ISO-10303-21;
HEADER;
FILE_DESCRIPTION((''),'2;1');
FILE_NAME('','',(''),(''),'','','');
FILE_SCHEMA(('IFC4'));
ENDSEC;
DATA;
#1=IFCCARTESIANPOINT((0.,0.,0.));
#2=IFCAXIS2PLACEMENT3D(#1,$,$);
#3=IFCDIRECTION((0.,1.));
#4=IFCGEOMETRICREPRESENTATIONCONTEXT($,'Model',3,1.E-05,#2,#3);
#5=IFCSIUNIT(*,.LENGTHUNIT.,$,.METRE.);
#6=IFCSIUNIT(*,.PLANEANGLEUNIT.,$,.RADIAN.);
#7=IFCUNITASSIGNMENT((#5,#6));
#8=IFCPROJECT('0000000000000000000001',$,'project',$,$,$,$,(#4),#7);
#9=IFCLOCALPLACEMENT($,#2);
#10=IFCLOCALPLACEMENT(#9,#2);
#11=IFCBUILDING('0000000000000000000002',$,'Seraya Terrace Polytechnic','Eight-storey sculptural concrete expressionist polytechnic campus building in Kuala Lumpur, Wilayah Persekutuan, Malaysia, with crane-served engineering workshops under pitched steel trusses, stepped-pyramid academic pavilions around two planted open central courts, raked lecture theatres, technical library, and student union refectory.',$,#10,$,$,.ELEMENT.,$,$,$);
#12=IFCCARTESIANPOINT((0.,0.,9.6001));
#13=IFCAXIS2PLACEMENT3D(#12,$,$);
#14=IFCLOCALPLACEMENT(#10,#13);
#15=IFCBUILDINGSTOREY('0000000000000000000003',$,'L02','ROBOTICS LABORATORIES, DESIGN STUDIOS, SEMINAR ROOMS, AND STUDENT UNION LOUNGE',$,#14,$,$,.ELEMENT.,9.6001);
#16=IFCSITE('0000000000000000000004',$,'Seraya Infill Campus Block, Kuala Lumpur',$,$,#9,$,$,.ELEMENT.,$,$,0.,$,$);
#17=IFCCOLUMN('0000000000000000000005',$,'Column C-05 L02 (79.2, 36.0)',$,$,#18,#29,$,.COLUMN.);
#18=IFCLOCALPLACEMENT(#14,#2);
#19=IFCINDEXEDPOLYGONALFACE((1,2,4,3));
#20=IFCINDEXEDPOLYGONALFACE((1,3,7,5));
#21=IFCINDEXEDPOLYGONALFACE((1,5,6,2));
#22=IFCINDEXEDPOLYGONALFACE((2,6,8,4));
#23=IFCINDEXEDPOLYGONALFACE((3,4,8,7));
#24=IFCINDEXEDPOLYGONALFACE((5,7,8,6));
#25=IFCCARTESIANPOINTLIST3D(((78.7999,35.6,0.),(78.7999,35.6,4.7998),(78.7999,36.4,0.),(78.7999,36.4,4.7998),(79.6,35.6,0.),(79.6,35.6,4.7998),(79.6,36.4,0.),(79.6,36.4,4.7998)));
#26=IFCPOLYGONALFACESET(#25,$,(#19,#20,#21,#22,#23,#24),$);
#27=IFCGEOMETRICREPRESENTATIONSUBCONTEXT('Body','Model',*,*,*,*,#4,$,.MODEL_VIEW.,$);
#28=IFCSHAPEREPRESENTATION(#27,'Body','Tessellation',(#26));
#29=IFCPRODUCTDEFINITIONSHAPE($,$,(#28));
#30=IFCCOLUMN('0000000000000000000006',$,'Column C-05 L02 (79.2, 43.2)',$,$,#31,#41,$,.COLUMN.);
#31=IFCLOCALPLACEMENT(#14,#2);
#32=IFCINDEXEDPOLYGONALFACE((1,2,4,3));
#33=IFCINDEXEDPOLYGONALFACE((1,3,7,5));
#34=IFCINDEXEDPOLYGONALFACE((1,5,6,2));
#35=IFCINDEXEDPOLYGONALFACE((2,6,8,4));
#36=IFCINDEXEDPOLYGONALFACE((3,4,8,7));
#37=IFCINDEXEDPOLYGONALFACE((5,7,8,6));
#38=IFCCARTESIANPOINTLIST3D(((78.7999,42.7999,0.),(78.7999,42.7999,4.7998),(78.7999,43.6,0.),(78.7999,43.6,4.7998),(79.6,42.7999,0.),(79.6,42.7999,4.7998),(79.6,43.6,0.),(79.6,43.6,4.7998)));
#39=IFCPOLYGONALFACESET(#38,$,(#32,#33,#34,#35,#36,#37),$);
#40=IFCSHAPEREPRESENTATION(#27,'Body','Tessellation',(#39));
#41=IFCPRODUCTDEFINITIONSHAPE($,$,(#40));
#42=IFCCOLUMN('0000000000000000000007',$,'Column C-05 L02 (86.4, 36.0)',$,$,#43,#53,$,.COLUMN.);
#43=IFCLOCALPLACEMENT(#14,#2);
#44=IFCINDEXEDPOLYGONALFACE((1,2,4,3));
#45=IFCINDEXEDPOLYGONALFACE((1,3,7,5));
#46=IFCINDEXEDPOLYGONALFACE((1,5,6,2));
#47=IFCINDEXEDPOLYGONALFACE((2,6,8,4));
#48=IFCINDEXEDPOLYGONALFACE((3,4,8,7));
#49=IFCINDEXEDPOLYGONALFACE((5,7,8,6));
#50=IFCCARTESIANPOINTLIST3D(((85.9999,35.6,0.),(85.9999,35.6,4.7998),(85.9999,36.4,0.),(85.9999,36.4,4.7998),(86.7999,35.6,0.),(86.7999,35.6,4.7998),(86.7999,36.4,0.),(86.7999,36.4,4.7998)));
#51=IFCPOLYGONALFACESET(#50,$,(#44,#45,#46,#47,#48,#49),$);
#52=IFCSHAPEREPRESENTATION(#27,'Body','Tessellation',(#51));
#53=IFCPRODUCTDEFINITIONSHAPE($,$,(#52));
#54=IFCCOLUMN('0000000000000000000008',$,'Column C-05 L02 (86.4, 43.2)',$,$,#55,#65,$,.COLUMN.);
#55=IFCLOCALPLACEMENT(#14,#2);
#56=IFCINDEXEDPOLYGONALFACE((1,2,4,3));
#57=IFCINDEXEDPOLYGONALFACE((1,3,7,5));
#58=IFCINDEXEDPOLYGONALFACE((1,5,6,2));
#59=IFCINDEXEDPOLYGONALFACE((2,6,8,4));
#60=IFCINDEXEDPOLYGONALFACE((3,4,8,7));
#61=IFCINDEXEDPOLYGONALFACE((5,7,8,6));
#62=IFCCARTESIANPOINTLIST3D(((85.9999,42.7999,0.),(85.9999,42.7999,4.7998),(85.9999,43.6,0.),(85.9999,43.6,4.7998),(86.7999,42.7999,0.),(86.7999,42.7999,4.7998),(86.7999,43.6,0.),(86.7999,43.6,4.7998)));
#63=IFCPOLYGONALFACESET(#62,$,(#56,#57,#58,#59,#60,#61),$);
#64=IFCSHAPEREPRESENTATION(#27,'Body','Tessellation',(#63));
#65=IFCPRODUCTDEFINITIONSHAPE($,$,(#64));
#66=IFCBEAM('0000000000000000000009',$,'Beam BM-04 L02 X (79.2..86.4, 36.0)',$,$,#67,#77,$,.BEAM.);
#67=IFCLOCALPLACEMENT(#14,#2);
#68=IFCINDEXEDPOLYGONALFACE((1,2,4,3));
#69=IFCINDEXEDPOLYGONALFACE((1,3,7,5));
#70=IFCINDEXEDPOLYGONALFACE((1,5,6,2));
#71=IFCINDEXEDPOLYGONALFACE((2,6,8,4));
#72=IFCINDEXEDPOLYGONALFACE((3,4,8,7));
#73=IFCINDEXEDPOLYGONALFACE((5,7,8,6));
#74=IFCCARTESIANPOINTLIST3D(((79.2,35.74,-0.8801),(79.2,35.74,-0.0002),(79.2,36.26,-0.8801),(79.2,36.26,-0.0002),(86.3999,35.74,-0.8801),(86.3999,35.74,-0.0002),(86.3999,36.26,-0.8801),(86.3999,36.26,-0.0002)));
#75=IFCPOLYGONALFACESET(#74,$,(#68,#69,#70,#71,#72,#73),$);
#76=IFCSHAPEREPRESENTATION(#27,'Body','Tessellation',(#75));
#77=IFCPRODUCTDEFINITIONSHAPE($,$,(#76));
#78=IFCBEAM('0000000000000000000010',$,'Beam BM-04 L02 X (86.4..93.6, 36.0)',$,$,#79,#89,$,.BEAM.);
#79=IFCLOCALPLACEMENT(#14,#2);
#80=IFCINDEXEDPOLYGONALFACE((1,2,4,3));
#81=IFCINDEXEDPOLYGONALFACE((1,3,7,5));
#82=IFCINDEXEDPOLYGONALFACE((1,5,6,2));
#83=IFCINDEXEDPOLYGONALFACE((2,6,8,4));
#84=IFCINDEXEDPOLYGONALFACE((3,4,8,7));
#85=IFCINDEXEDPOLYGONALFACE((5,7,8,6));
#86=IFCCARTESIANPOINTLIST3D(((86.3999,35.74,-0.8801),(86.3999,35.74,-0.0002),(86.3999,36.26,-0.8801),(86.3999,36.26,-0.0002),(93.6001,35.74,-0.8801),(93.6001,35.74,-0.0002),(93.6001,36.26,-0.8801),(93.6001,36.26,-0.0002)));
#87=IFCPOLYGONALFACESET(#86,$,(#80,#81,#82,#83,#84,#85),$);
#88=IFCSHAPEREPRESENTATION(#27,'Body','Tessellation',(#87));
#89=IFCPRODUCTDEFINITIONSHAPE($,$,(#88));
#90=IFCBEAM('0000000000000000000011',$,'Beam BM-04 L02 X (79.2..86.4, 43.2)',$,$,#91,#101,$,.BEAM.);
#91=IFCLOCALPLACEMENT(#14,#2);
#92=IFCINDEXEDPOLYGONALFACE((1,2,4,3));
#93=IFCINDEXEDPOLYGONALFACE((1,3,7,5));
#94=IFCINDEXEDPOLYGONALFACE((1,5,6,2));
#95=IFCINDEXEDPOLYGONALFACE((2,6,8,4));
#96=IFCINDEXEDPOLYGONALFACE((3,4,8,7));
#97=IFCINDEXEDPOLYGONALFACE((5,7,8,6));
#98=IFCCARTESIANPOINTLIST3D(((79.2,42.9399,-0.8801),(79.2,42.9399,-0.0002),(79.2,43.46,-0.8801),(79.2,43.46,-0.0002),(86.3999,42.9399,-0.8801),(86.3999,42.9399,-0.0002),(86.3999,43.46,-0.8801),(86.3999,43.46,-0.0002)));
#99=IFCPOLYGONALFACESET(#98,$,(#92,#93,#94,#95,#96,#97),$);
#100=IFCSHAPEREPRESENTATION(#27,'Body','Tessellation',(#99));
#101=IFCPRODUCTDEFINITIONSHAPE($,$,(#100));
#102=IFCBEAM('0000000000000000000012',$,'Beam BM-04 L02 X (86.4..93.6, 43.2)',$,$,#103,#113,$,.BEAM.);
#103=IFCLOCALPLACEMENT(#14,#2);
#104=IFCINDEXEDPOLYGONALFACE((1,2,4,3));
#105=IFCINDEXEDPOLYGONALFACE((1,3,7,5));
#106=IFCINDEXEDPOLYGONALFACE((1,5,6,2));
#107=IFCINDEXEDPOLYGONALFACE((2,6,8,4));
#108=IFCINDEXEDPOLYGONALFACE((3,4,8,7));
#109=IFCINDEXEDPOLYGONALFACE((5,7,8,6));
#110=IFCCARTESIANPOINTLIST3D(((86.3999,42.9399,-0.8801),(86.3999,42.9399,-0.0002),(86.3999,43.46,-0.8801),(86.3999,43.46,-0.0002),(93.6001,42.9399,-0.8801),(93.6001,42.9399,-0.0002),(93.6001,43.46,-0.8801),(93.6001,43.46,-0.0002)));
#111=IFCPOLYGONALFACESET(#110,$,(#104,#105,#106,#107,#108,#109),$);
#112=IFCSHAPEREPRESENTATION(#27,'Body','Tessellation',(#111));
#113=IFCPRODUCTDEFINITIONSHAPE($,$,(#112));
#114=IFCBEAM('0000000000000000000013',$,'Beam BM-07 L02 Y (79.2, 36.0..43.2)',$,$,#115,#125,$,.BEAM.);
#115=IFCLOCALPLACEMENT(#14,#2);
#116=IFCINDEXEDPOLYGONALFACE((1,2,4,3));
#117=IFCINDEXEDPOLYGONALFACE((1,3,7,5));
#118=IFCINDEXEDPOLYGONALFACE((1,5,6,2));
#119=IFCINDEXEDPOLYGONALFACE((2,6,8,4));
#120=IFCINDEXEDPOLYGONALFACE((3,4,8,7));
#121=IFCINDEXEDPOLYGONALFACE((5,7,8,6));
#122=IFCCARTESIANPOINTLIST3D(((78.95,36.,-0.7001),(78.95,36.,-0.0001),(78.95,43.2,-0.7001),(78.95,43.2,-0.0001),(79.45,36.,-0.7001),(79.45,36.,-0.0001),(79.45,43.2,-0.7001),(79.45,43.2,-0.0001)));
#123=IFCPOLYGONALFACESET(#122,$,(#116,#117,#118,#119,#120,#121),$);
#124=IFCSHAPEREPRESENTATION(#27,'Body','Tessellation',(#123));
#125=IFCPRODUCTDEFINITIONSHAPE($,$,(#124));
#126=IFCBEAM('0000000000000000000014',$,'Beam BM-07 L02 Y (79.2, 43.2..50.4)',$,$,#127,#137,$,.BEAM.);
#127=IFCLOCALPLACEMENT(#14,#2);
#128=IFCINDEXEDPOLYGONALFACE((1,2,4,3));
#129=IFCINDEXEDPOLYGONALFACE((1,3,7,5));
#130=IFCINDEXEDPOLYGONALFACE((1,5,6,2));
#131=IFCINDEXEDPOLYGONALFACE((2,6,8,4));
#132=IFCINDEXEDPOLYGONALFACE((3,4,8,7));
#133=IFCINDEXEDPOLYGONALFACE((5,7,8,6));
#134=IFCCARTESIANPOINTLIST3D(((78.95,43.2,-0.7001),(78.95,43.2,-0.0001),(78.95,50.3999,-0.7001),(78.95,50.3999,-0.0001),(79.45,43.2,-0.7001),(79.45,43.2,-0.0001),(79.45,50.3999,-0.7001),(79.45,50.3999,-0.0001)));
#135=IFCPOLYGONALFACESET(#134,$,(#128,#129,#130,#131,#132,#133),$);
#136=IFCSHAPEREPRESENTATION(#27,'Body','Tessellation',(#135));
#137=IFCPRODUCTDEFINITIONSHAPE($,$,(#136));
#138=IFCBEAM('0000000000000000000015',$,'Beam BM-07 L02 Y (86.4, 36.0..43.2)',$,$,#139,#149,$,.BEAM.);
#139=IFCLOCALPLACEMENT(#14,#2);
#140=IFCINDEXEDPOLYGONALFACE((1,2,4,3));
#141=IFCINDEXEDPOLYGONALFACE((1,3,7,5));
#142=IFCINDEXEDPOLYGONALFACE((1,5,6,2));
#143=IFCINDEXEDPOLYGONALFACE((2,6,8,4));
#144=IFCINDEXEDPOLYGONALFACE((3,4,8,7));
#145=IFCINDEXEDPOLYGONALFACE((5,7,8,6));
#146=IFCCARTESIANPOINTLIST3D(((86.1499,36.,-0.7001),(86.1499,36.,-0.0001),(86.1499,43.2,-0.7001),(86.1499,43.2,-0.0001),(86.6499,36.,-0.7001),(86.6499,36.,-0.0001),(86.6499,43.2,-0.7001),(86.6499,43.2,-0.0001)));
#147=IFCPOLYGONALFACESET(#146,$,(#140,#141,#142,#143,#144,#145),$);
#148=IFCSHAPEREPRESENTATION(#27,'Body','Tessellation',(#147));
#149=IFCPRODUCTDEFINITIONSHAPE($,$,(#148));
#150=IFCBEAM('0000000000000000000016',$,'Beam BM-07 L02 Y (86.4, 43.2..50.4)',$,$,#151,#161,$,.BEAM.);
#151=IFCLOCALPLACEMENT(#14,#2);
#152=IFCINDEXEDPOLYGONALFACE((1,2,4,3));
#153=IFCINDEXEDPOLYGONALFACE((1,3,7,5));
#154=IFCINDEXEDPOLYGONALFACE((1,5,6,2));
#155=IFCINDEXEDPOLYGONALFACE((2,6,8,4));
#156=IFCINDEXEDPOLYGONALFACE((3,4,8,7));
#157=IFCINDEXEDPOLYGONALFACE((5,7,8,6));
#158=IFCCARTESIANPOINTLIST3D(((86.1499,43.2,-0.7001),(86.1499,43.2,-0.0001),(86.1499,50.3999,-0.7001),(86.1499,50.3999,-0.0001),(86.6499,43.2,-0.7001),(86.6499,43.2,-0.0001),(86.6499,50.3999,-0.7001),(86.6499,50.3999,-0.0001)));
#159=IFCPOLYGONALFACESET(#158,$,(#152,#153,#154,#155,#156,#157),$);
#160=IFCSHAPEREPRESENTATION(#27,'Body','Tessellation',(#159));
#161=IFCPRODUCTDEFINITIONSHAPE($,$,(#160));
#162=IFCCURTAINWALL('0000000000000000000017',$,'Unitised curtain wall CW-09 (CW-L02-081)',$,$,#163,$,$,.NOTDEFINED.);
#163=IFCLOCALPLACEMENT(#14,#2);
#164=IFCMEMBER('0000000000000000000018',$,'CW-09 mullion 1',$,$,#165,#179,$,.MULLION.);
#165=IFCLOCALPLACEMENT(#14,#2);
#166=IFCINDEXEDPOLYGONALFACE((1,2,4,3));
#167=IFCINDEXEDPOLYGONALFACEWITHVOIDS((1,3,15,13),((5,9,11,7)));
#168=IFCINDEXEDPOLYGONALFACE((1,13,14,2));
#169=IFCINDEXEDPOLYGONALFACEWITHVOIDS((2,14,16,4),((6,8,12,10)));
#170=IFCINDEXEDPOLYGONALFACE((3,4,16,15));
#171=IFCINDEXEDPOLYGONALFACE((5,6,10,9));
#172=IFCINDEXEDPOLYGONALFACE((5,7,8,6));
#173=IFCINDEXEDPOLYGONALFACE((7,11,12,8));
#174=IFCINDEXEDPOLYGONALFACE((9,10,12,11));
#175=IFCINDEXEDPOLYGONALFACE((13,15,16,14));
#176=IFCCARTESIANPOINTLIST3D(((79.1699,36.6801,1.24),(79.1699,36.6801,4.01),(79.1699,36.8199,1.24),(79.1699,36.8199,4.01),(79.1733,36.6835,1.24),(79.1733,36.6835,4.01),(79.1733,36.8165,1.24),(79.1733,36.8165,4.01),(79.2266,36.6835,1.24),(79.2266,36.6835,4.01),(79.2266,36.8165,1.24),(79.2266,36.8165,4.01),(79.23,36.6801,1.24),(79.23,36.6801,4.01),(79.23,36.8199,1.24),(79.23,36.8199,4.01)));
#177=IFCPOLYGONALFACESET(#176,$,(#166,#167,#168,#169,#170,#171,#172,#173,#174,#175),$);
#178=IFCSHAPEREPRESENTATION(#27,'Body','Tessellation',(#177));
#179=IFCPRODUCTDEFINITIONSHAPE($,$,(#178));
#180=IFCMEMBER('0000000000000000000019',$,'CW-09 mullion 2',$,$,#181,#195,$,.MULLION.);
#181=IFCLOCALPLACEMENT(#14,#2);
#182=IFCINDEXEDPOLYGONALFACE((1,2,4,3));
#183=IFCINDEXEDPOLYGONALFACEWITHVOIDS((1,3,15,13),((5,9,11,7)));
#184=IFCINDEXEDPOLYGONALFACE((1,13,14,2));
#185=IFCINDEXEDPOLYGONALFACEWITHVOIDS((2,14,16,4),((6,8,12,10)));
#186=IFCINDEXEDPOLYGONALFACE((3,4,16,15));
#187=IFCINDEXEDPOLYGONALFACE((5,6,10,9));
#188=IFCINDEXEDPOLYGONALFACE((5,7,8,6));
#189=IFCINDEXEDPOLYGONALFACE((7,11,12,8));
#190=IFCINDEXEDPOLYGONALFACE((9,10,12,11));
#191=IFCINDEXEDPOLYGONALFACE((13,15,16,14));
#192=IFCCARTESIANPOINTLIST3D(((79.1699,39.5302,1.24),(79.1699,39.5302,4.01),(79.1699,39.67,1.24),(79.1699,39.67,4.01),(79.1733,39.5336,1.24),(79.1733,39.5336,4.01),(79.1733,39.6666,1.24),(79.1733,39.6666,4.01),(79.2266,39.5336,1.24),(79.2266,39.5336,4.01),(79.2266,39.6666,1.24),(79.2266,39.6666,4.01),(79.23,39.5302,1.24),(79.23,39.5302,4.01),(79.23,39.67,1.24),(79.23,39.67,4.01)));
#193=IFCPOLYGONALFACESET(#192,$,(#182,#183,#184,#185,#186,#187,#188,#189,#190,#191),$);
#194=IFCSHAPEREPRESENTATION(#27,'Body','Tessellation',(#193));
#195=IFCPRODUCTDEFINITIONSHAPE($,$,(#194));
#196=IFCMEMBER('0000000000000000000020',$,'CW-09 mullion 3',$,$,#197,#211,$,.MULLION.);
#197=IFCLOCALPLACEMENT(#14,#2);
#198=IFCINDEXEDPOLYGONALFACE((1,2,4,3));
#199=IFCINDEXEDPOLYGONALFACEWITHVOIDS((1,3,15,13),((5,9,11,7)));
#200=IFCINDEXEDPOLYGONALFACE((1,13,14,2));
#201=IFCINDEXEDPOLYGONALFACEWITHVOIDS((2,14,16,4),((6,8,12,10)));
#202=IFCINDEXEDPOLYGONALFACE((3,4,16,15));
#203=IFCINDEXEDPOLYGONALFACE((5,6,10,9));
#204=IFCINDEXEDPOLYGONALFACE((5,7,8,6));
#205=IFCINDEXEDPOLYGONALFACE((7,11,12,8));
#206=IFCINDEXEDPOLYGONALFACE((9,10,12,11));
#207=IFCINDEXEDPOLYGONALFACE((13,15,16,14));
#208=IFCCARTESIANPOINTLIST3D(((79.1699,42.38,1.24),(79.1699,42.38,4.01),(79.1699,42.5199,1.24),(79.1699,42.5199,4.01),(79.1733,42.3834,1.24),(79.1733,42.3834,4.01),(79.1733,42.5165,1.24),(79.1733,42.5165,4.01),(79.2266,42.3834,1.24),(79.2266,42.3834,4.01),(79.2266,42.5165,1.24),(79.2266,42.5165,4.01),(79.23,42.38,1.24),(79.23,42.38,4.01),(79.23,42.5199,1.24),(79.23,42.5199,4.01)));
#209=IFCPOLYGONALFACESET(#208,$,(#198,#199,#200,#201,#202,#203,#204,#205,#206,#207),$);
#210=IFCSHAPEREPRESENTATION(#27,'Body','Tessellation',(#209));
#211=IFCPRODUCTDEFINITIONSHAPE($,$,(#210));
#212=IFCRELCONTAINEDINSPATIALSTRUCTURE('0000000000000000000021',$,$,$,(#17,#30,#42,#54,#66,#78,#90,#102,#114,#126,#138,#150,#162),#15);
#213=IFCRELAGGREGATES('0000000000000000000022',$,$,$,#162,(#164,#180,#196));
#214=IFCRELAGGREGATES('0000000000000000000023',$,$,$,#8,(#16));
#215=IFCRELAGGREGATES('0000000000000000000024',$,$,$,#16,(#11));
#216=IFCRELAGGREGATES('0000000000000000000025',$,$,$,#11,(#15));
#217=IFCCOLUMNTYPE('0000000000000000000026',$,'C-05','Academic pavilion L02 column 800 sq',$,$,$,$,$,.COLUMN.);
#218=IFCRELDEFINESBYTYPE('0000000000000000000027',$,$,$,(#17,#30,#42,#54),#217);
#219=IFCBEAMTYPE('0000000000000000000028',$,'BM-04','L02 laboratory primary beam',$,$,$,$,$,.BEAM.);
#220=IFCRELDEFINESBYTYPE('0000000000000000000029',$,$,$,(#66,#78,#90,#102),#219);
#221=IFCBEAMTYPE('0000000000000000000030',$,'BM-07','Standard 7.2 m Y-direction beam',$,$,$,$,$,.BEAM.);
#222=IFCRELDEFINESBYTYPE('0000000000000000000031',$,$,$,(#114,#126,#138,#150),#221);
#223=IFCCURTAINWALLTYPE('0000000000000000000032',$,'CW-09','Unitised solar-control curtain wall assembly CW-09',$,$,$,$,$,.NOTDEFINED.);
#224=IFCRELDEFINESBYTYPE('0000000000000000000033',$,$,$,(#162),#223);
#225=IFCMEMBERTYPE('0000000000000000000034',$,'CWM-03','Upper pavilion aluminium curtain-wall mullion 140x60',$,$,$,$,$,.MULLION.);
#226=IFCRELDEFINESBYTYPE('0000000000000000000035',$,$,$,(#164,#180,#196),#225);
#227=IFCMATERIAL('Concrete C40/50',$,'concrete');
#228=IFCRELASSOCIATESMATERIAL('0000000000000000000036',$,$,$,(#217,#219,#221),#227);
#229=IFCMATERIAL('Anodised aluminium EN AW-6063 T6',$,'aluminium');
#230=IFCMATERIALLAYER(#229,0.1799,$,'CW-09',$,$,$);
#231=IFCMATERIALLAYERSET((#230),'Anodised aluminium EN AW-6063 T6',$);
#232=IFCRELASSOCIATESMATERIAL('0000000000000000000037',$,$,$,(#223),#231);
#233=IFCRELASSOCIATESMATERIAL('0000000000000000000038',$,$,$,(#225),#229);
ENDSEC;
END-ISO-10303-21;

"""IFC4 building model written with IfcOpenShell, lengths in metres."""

from ifc_helpers import new_model, si_unit, direction, frame, origin, origin_2d, place, context, subcontext, project, spatial, rectangle, hollow_rectangle, extrude, material, layer, layer_set, material_profile, profile_set, type_object, element, aggregate, save


model = new_model("IFC4")

# Units and contexts
model_context = context("Model", 3, precision=1e-05, world=origin(), true_north=direction((0.0, 1.0)))
body_context = subcontext(model_context, "Body", "Model", "MODEL_VIEW")
ifc_project = project(units=[si_unit("LENGTHUNIT", "METRE"), si_unit("PLANEANGLEUNIT", "RADIAN")], contexts=[model_context])

# Site, building, storey
site_placement = place(None, origin())
site = spatial("IfcSite", under=ifc_project, at=site_placement, Name="Seraya Infill Campus Block, Kuala Lumpur", CompositionType="ELEMENT", RefElevation=0.0)
building_placement = place(site_placement, origin())
building = spatial("IfcBuilding", under=site, at=building_placement, Name="Seraya Terrace Polytechnic", Description="Eight-storey sculptural concrete expressionist polytechnic campus building in Kuala Lumpur, Wilayah Persekutuan, Malaysia, with crane-served engineering workshops under pitched steel trusses, stepped-pyramid academic pavilions around two planted open central courts, raked lecture theatres, technical library, and student union refectory.", CompositionType="ELEMENT")
storey_placement = place(building_placement, frame((0.0, 0.0, 9.6001)))
storey = spatial("IfcBuildingStorey", under=building, at=storey_placement, Name="L02", Description="ROBOTICS LABORATORIES, DESIGN STUDIOS, SEMINAR ROOMS, AND STUDENT UNION LOUNGE", CompositionType="ELEMENT", Elevation=9.6001)

# Columns
ifc_material_1 = material(Name="Concrete C40/50", Category="concrete")
ifc_material_profile_1 = material_profile(ifc_material_1, rectangle(XDim=0.8, YDim=0.8, at=origin_2d()), Name="RC 800x800")
ifc_profile_set_1 = profile_set([ifc_material_profile_1], Name="Concrete C40/50")
column_type = type_object("IfcColumnType", Name="C-05", Description="Academic pavilion L02 column 800 sq", PredefinedType="COLUMN", material=ifc_profile_set_1)
for number, where, z_axis, x_axis, name in (
    (1, (79.2, 36.0, 0.0), (0.0, 0.0, 1.0), (1.0, 0.0, 0.0), "Column C-05 L02 (79.2, 36.0)"),
    (2, (79.2, 43.2, 0.0), (0.0, 0.0, 1.0), (1.0, 0.0, 0.0), "Column C-05 L02 (79.2, 43.2)"),
    (3, (86.3999, 36.0, 0.0), (0.0, 0.0, 1.0), (1.0, 0.0, 0.0), "Column C-05 L02 (86.4, 36.0)"),
    (4, (86.3999, 43.2, 0.0), (0.0, 0.0, 1.0), (1.0, 0.0, 0.0), "Column C-05 L02 (86.4, 43.2)"),
):
    element("IfcColumn", number, at=place(storey_placement, frame(where, z_axis=z_axis, x_axis=x_axis)), inside=storey, type_object=column_type, Name=name, PredefinedType="COLUMN", context=body_context, shape_type="SweptSolid", body=[
        extrude(rectangle(XDim=0.8, YDim=0.8, at=origin_2d()), origin(), (0.0, 0.0, 1.0), 4.7998),
    ])

# Beams
ifc_material_profile_2 = material_profile(ifc_material_1, rectangle(XDim=0.52, YDim=0.8799, at=origin_2d()), Name="RC 520x880")
ifc_profile_set_2 = profile_set([ifc_material_profile_2], Name="Concrete C40/50")
beam_type_1 = type_object("IfcBeamType", Name="BM-04", Description="L02 laboratory primary beam", PredefinedType="BEAM", material=ifc_profile_set_2)
beam_1_placement = place(storey_placement, frame((79.2, 36.0, -0.4402), z_axis=(1.0, 0.0, 0.0), x_axis=(0.0, 1.0, 0.0)))
element("IfcBeam", 5, at=beam_1_placement, inside=storey, type_object=beam_type_1, Name="Beam BM-04 L02 X (79.2..86.4, 36.0)", PredefinedType="BEAM", context=body_context, shape_type="SweptSolid", body=[
    extrude(rectangle(XDim=0.52, YDim=0.8799, at=origin_2d()), origin(), (0.0, 0.0, 1.0), 7.2),
])
beam_2_placement = place(storey_placement, frame((86.3999, 36.0, -0.4402), z_axis=(1.0, 0.0, 0.0), x_axis=(0.0, 1.0, 0.0)))
element("IfcBeam", 6, at=beam_2_placement, inside=storey, type_object=beam_type_1, Name="Beam BM-04 L02 X (86.4..93.6, 36.0)", PredefinedType="BEAM", context=body_context, shape_type="SweptSolid", body=[
    extrude(rectangle(XDim=0.52, YDim=0.8799, at=origin_2d()), origin(), (0.0, 0.0, 1.0), 7.2002),
])
beam_3_placement = place(storey_placement, frame((79.2, 43.2, -0.4402), z_axis=(1.0, 0.0, 0.0), x_axis=(0.0, 1.0, 0.0)))
element("IfcBeam", 7, at=beam_3_placement, inside=storey, type_object=beam_type_1, Name="Beam BM-04 L02 X (79.2..86.4, 43.2)", PredefinedType="BEAM", context=body_context, shape_type="SweptSolid", body=[
    extrude(rectangle(XDim=0.52, YDim=0.8799, at=origin_2d()), origin(), (0.0, 0.0, 1.0), 7.2),
])
beam_4_placement = place(storey_placement, frame((86.3999, 43.2, -0.4402), z_axis=(1.0, 0.0, 0.0), x_axis=(0.0, 1.0, 0.0)))
element("IfcBeam", 8, at=beam_4_placement, inside=storey, type_object=beam_type_1, Name="Beam BM-04 L02 X (86.4..93.6, 43.2)", PredefinedType="BEAM", context=body_context, shape_type="SweptSolid", body=[
    extrude(rectangle(XDim=0.52, YDim=0.8799, at=origin_2d()), origin(), (0.0, 0.0, 1.0), 7.2002),
])
ifc_material_profile_3 = material_profile(ifc_material_1, rectangle(XDim=0.5, YDim=0.7, at=origin_2d()), Name="RC 500x700")
ifc_profile_set_3 = profile_set([ifc_material_profile_3], Name="Concrete C40/50")
beam_type_2 = type_object("IfcBeamType", Name="BM-07", Description="Standard 7.2 m Y-direction beam", PredefinedType="BEAM", material=ifc_profile_set_3)
for number, where, z_axis, x_axis, name in (
    (9, (79.2, 36.0, -0.3501), (0.0, 1.0, 0.0), (-1.0, 0.0, 0.0), "Beam BM-07 L02 Y (79.2, 36.0..43.2)"),
    (10, (79.2, 43.2, -0.3501), (0.0, 1.0, 0.0), (-1.0, 0.0, 0.0), "Beam BM-07 L02 Y (79.2, 43.2..50.4)"),
    (11, (86.3999, 36.0, -0.3501), (0.0, 1.0, 0.0), (-1.0, 0.0, 0.0), "Beam BM-07 L02 Y (86.4, 36.0..43.2)"),
    (12, (86.3999, 43.2, -0.3501), (0.0, 1.0, 0.0), (-1.0, 0.0, 0.0), "Beam BM-07 L02 Y (86.4, 43.2..50.4)"),
):
    element("IfcBeam", number, at=place(storey_placement, frame(where, z_axis=z_axis, x_axis=x_axis)), inside=storey, type_object=beam_type_2, Name=name, PredefinedType="BEAM", context=body_context, shape_type="SweptSolid", body=[
        extrude(rectangle(XDim=0.5, YDim=0.7, at=origin_2d()), origin(), (0.0, 0.0, 1.0), 7.2),
    ])

# Curtain wall, members
ifc_material_2 = material(Name="Anodised aluminium EN AW-6063 T6", Category="aluminium")
ifc_layer_1 = layer(ifc_material_2, 0.1799, Name="CW-09")
ifc_layer_set_1 = layer_set([ifc_layer_1], Name="Anodised aluminium EN AW-6063 T6")
curtain_wall_type = type_object("IfcCurtainWallType", Name="CW-09", Description="Unitised solar-control curtain wall assembly CW-09", PredefinedType="NOTDEFINED", material=ifc_layer_set_1)
curtain_wall_placement = place(storey_placement, origin())
curtain_wall = element("IfcCurtainWall", 13, at=curtain_wall_placement, inside=storey, type_object=curtain_wall_type, Name="Unitised curtain wall CW-09 (CW-L02-081)", PredefinedType="NOTDEFINED")
ifc_material_profile_4 = material_profile(ifc_material_2, hollow_rectangle(XDim=0.0601, YDim=0.1399, WallThickness=0.0034, at=origin_2d()), Name="RHS 140x60x3.5")
ifc_profile_set_4 = profile_set([ifc_material_profile_4], Name="Anodised aluminium EN AW-6063 T6")
member_type_1 = type_object("IfcMemberType", Name="CWM-03", Description="Upper pavilion aluminium curtain-wall mullion 140x60", PredefinedType="MULLION", material=ifc_profile_set_4)
member_1_placement = place(storey_placement, frame((79.2, 36.75, 1.24), z_axis=(0.0, 0.0, 1.0), x_axis=(-1.0, 0.0, 0.0)))
member_1 = element("IfcMember", 14, at=member_1_placement, type_object=member_type_1, Name="CW-09 mullion 1", PredefinedType="MULLION", context=body_context, shape_type="SweptSolid", body=[
    extrude(hollow_rectangle(XDim=0.0601, YDim=0.1399, WallThickness=0.0034, at=origin_2d()), origin(), (0.0, 0.0, 1.0), 2.77),
])
member_2_placement = place(storey_placement, frame((79.2, 39.6001, 1.24), z_axis=(0.0, 0.0, 1.0), x_axis=(-1.0, 0.0, 0.0)))
member_2 = element("IfcMember", 15, at=member_2_placement, type_object=member_type_1, Name="CW-09 mullion 2", PredefinedType="MULLION", context=body_context, shape_type="SweptSolid", body=[
    extrude(hollow_rectangle(XDim=0.0601, YDim=0.1399, WallThickness=0.0034, at=origin_2d()), origin(), (0.0, 0.0, 1.0), 2.77),
])
member_3_placement = place(storey_placement, frame((79.2, 42.45, 1.24), z_axis=(0.0, 0.0, 1.0), x_axis=(-1.0, 0.0, 0.0)))
member_3 = element("IfcMember", 16, at=member_3_placement, type_object=member_type_1, Name="CW-09 mullion 3", PredefinedType="MULLION", context=body_context, shape_type="SweptSolid", body=[
    extrude(hollow_rectangle(XDim=0.0601, YDim=0.1399, WallThickness=0.0034, at=origin_2d()), origin(), (0.0, 0.0, 1.0), 2.77),
])
aggregate(curtain_wall, [member_1, member_2, member_3])

save(model, "model.ifc")
